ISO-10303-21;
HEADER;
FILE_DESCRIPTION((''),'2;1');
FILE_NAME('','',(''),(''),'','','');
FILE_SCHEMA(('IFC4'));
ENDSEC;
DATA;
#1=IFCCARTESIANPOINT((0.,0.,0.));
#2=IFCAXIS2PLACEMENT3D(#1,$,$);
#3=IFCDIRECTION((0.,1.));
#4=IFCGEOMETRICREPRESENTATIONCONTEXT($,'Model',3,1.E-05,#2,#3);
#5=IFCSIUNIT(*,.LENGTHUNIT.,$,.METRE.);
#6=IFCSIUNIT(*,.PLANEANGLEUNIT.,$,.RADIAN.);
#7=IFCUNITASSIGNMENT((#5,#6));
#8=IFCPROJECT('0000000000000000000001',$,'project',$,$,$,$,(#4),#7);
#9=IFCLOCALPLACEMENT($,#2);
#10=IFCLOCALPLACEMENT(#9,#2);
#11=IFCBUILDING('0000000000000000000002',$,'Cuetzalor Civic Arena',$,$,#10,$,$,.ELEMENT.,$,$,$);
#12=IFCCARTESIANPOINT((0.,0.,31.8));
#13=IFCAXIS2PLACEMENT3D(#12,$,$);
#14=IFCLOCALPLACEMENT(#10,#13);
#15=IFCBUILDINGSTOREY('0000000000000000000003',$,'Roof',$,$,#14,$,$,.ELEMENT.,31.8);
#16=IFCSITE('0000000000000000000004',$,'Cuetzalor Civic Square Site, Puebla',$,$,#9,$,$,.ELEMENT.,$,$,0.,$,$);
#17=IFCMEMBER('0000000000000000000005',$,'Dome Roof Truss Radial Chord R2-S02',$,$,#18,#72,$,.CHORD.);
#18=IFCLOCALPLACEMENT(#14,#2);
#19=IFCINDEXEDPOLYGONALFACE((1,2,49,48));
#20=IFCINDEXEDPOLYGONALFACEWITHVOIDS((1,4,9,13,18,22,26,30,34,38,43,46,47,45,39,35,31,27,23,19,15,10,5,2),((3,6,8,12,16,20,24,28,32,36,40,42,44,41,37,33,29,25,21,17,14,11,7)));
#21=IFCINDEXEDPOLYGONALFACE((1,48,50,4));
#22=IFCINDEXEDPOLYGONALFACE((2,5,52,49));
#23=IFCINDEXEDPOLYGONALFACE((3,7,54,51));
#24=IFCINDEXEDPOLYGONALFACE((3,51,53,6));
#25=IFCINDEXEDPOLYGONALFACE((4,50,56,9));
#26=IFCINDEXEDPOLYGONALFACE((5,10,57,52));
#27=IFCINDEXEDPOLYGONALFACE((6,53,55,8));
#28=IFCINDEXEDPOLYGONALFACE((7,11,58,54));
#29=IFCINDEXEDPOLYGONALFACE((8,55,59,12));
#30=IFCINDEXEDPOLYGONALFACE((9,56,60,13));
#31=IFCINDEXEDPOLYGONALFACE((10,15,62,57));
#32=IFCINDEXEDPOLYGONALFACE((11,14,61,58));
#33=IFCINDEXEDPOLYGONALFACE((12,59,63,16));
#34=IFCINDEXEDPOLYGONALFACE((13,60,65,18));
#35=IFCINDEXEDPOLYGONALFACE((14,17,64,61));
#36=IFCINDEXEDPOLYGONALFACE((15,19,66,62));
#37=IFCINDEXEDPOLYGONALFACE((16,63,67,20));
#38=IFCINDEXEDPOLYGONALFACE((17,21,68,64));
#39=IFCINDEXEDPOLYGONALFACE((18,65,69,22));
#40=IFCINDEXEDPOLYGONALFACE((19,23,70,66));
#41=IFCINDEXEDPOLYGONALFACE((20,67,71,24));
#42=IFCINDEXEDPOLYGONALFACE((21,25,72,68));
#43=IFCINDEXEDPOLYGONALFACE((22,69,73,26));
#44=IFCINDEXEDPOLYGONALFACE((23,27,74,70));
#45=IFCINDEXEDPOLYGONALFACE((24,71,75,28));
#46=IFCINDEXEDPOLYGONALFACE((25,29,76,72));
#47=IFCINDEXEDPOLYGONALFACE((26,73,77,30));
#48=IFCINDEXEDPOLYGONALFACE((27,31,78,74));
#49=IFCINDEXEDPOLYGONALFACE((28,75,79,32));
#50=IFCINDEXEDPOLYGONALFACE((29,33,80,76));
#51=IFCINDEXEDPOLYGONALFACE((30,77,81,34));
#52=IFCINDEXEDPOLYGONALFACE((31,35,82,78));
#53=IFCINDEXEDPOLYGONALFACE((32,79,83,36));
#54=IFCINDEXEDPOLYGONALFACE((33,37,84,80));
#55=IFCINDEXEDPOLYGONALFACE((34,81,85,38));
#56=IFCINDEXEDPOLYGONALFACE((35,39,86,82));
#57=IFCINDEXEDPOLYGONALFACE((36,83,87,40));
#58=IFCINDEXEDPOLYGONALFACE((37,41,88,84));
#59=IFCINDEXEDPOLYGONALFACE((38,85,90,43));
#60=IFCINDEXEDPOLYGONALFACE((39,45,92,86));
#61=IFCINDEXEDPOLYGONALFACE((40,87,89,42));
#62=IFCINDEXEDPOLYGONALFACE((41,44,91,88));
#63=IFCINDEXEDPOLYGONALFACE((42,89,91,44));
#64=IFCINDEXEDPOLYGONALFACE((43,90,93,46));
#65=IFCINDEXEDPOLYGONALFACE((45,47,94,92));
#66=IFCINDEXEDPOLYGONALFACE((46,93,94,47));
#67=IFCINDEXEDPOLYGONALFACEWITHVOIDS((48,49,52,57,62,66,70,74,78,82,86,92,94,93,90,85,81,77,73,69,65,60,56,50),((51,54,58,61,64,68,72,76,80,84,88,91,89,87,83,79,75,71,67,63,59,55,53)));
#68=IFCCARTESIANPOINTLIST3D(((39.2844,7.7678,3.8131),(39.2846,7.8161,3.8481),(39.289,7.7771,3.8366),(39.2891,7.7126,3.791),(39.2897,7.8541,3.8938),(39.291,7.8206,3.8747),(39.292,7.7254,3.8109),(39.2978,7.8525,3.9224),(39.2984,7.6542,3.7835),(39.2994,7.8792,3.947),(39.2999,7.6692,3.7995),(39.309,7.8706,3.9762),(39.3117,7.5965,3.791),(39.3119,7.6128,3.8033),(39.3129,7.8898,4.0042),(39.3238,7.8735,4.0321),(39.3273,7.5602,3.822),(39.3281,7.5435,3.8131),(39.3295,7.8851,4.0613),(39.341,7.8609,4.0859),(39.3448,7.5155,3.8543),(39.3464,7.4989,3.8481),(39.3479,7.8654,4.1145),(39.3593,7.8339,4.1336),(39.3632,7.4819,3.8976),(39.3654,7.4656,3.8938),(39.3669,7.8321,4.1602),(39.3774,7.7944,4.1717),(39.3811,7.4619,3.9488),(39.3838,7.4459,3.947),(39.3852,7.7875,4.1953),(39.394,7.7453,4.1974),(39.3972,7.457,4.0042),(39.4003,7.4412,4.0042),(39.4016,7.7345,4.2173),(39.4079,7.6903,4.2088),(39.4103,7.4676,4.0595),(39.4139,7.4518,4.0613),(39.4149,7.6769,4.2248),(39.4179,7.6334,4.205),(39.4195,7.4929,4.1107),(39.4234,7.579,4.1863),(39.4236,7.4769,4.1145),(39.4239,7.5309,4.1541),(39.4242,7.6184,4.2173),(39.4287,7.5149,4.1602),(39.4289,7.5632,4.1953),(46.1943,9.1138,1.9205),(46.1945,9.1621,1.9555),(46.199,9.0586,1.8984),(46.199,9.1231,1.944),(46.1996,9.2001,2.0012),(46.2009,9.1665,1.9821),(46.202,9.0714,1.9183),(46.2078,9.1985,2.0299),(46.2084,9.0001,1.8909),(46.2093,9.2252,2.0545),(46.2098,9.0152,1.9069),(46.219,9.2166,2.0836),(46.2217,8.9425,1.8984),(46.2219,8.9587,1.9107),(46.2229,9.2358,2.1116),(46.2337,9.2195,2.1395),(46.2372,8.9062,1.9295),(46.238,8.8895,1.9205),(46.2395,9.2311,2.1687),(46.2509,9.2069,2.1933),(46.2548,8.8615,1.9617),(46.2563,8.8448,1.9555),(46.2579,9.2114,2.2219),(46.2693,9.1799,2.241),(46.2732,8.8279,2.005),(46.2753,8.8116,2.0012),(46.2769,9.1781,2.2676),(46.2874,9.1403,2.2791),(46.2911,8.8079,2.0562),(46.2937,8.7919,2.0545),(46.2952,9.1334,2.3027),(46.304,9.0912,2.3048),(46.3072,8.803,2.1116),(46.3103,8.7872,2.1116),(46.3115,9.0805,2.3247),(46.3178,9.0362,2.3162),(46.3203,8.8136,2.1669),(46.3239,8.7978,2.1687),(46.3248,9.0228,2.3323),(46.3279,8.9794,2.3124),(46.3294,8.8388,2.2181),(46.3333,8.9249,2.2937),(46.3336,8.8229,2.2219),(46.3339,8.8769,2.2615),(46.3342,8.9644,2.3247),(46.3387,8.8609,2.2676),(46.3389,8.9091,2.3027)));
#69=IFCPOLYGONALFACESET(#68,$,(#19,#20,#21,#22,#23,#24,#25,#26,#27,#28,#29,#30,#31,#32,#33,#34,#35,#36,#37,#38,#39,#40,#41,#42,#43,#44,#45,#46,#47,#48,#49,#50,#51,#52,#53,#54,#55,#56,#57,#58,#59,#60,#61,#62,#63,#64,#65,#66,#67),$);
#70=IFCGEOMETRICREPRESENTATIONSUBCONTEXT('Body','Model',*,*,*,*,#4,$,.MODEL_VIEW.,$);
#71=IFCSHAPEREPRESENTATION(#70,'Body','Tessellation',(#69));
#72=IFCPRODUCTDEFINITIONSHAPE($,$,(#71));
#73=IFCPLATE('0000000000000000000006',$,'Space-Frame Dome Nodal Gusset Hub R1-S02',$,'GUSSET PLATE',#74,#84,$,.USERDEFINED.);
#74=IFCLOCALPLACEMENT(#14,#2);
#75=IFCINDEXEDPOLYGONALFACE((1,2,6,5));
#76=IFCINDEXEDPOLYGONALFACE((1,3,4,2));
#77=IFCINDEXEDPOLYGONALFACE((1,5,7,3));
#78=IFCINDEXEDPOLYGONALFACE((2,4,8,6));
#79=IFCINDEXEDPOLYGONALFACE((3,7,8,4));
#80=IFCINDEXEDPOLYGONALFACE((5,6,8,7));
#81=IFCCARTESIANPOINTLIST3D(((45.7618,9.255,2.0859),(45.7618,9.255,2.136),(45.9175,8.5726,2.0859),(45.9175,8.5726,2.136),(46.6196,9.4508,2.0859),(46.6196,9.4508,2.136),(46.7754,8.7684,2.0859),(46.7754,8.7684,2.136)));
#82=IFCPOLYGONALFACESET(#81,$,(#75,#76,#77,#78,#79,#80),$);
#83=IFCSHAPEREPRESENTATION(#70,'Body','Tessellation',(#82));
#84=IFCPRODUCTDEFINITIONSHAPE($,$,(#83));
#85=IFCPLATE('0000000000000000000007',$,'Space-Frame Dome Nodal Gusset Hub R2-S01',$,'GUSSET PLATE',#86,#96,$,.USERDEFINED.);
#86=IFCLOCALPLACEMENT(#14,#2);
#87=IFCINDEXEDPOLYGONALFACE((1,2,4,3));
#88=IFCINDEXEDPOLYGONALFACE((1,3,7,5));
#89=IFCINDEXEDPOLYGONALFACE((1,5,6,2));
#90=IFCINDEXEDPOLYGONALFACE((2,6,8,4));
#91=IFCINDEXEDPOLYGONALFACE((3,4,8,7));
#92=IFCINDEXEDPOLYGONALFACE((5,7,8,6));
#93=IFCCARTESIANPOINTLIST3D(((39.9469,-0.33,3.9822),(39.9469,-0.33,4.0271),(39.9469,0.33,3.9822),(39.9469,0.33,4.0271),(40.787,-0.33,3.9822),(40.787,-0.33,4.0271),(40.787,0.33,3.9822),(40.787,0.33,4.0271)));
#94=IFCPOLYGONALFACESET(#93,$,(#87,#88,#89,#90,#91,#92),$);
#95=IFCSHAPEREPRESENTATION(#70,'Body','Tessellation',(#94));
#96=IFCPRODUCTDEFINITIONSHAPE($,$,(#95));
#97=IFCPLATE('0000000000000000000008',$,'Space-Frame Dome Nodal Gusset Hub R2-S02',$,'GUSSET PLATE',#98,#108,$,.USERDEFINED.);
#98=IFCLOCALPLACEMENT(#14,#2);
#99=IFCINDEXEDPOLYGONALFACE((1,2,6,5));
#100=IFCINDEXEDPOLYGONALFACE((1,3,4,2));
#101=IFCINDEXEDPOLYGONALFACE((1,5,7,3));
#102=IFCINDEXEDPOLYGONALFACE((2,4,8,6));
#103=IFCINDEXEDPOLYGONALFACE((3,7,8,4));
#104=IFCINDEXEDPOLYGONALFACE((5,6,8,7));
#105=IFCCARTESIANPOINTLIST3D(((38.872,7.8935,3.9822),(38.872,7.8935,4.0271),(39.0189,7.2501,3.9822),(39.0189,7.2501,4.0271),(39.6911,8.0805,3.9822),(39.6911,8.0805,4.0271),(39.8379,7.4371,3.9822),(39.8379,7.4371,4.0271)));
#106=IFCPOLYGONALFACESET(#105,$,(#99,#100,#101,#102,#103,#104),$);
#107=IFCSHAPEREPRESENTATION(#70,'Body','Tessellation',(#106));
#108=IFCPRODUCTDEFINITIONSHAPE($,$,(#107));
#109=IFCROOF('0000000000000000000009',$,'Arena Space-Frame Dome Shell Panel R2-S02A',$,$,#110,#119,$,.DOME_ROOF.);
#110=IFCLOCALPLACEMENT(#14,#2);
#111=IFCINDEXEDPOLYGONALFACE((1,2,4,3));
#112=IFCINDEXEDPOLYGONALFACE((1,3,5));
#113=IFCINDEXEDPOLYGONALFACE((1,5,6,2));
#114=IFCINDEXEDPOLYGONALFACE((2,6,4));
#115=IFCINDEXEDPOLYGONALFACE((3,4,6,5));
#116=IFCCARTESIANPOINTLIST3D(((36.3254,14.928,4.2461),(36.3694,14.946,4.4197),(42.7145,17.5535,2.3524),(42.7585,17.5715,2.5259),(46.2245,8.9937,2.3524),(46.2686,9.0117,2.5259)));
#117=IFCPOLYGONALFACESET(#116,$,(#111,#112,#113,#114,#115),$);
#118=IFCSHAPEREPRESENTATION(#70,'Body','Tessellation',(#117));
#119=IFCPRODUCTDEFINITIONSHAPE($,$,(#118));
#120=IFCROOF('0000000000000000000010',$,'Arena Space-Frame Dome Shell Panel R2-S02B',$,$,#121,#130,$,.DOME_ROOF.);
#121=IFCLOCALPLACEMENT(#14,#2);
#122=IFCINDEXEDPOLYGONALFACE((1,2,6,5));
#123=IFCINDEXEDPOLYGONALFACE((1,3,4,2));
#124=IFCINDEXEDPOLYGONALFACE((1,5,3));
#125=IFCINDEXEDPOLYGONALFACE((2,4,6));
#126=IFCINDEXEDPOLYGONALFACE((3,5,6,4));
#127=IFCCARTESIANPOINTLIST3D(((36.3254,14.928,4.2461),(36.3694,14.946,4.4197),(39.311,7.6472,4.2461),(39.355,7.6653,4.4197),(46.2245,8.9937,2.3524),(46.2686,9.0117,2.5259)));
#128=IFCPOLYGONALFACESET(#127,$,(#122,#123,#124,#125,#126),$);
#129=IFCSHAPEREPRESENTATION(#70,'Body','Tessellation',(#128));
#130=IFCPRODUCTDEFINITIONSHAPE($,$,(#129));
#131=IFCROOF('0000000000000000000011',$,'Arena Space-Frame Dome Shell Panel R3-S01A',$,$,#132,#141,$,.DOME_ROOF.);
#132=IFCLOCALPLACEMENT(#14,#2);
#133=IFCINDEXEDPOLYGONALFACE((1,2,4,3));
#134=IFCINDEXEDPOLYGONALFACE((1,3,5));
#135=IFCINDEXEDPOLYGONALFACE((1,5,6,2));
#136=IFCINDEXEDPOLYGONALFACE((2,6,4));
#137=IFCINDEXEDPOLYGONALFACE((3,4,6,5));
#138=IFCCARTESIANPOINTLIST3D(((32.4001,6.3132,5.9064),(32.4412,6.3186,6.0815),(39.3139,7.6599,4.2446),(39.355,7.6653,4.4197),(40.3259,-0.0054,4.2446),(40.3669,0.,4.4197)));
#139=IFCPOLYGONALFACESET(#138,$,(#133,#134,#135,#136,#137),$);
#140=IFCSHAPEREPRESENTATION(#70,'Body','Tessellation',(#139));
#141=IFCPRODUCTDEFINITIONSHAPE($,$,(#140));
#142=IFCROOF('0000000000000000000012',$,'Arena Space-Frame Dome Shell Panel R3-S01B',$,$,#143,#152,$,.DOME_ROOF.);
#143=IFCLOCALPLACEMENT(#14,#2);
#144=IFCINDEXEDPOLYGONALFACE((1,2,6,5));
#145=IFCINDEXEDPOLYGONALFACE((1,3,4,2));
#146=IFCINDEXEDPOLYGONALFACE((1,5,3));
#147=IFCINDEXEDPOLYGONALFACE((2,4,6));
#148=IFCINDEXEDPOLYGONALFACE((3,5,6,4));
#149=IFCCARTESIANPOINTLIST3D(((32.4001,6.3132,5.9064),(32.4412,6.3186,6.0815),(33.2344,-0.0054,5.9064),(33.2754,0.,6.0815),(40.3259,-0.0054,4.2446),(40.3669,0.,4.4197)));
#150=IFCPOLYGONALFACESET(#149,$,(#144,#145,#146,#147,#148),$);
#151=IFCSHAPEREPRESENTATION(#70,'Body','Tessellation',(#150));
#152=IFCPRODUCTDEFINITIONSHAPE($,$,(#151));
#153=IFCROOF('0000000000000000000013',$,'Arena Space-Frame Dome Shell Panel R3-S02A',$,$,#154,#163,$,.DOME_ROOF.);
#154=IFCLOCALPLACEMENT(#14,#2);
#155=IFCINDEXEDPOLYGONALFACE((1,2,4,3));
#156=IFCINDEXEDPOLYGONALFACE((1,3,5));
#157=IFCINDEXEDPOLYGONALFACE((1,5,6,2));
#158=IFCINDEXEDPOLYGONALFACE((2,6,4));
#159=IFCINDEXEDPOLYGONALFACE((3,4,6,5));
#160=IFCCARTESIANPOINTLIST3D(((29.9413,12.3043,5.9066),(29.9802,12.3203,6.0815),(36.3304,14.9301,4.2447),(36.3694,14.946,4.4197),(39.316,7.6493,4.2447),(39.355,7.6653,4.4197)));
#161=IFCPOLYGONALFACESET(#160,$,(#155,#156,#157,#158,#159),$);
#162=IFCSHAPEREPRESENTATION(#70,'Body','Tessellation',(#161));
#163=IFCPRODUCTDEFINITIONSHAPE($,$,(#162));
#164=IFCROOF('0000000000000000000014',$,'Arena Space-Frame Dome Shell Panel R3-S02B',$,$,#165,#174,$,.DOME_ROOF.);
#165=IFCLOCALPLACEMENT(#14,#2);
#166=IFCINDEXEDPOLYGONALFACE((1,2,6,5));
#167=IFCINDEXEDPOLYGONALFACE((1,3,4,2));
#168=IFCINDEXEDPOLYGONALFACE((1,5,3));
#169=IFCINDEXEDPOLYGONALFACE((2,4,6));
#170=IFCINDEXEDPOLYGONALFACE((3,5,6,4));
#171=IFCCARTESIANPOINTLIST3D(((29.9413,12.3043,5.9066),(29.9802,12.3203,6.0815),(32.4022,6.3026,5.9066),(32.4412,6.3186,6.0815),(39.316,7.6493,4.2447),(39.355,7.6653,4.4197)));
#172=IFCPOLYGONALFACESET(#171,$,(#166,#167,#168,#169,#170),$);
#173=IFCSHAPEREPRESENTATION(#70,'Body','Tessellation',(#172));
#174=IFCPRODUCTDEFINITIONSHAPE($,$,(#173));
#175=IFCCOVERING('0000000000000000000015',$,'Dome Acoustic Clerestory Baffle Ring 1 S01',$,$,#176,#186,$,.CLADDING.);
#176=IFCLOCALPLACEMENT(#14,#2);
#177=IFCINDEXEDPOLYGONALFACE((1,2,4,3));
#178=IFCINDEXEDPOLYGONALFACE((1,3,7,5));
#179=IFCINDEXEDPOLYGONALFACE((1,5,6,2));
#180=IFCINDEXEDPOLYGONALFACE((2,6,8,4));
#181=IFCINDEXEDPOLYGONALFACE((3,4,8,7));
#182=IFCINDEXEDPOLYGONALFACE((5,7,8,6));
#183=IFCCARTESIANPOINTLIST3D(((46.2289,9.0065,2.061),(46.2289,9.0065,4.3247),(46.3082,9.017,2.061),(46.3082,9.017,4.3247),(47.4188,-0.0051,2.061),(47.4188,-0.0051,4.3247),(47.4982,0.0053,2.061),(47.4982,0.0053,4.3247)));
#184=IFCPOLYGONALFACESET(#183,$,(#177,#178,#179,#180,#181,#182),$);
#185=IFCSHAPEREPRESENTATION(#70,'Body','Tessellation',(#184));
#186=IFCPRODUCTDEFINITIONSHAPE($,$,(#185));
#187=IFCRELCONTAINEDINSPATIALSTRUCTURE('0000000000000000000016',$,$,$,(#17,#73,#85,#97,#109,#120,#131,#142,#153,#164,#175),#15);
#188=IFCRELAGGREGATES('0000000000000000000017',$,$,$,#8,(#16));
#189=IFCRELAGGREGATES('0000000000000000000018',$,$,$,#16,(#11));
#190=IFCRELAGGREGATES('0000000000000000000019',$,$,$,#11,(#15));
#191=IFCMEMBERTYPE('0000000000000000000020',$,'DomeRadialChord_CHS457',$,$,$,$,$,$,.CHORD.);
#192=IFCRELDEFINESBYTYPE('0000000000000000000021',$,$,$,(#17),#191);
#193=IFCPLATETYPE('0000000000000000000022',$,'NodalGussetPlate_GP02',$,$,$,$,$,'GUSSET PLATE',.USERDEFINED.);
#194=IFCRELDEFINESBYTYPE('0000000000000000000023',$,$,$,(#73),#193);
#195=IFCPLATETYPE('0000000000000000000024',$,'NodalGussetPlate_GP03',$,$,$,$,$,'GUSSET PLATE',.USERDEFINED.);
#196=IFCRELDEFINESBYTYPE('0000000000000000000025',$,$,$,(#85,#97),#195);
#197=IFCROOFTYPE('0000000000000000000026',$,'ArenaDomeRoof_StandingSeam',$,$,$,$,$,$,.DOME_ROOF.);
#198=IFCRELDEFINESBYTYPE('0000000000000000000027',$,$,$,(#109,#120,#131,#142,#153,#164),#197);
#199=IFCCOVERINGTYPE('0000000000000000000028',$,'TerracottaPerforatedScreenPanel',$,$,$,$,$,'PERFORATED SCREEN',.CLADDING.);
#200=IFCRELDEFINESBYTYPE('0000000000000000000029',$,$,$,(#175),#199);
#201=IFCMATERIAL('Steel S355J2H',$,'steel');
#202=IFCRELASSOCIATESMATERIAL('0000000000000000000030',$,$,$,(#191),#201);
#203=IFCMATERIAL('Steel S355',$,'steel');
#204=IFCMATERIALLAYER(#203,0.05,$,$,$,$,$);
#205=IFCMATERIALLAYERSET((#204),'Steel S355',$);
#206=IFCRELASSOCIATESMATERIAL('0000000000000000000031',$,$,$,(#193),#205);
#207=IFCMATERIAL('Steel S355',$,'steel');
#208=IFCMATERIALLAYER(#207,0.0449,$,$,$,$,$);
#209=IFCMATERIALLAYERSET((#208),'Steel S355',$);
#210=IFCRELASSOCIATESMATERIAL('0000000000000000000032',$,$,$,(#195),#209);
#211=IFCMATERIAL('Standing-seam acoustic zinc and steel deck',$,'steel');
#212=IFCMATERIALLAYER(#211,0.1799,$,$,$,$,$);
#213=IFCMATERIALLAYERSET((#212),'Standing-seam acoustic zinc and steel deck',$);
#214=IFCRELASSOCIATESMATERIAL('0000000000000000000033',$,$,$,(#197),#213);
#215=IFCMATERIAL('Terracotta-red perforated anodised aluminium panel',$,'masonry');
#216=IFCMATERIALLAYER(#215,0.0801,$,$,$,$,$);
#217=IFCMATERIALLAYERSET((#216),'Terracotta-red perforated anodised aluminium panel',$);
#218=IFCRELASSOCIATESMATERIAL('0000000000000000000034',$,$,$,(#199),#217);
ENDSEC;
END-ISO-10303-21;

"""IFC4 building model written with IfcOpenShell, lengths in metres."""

from ifc_helpers import new_model, si_unit, direction, frame, frame_2d, origin, origin_2d, place, context, subcontext, project, spatial, polyline, rectangle, hollow_circle, outline, extrude, material, layer, layer_set, material_profile, profile_set, type_object, element, save


model = new_model("IFC4")

# Units and contexts
model_context = context("Model", 3, precision=1e-05, world=origin(), true_north=direction((0.0, 1.0)))
body_context = subcontext(model_context, "Body", "Model", "MODEL_VIEW")
ifc_project = project(units=[si_unit("LENGTHUNIT", "METRE"), si_unit("PLANEANGLEUNIT", "RADIAN")], contexts=[model_context])

# Site, building, storey
site_placement = place(None, origin())
site = spatial("IfcSite", under=ifc_project, at=site_placement, Name="Cuetzalor Civic Square Site, Puebla", CompositionType="ELEMENT", RefElevation=0.0)
building_placement = place(site_placement, origin())
building = spatial("IfcBuilding", under=site, at=building_placement, Name="Cuetzalor Civic Arena", CompositionType="ELEMENT")
storey_placement = place(building_placement, frame((0.0, 0.0, 31.8)))
storey = spatial("IfcBuildingStorey", under=building, at=storey_placement, Name="Roof", CompositionType="ELEMENT", Elevation=31.8)

# Member
ifc_material_1 = material(Name="Steel S355J2H", Category="steel")
ifc_material_profile_1 = material_profile(ifc_material_1, hollow_circle(Radius=0.2285, WallThickness=0.0161, at=origin_2d()), Name="CHS 457x16")
ifc_profile_set_1 = profile_set([ifc_material_profile_1], Name="Steel S355J2H")
member_type_1 = type_object("IfcMemberType", Name="DomeRadialChord_CHS457", PredefinedType="CHORD", material=ifc_profile_set_1)
member_1_placement = place(storey_placement, frame((46.2666, 9.0115, 2.1116), z_axis=(-0.947896, -0.184636, 0.259622), x_axis=(0.191192, -0.981553, 0.0)))
element("IfcMember", 1, at=member_1_placement, inside=storey, type_object=member_type_1, Name="Dome Roof Truss Radial Chord R2-S02", PredefinedType="CHORD", context=body_context, shape_type="SweptSolid", body=[
    extrude(hollow_circle(Radius=0.2285, WallThickness=0.0161, at=origin_2d()), origin(), (0.0, 0.0, 1.0), 7.2898),
])

# Plates
ifc_material_2 = material(Name="Steel S355", Category="steel")
ifc_layer_1 = layer(ifc_material_2, 0.05)
ifc_layer_set_1 = layer_set([ifc_layer_1], Name="Steel S355")
plate_type_1 = type_object("IfcPlateType", Name="NodalGussetPlate_GP02", ElementType="GUSSET PLATE", PredefinedType="USERDEFINED", material=ifc_layer_set_1)
plate_placement = place(storey_placement, frame((46.2686, 9.0117, 2.0859), z_axis=(0.0, 0.0, 1.0), x_axis=(0.974917, 0.22257, 0.0)))
element("IfcPlate", 2, at=plate_placement, inside=storey, type_object=plate_type_1, Name="Space-Frame Dome Nodal Gusset Hub R1-S02", ObjectType="GUSSET PLATE", PredefinedType="USERDEFINED", context=body_context, shape_type="SweptSolid", body=[
    extrude(rectangle(XDim=0.8799, YDim=0.7, at=origin_2d()), origin(), (0.0, 0.0, 1.0), 0.05),
])
ifc_material_3 = material(Name="Steel S355", Category="steel")
ifc_layer_2 = layer(ifc_material_3, 0.0449)
ifc_layer_set_2 = layer_set([ifc_layer_2], Name="Steel S355")
plate_type_2 = type_object("IfcPlateType", Name="NodalGussetPlate_GP03", ElementType="GUSSET PLATE", PredefinedType="USERDEFINED", material=ifc_layer_set_2)
for number, where, z_axis, x_axis, name in (
    (3, (40.3669, 0.0, 3.9822), (0.0, 0.0, 1.0), (1.0, 0.0, 0.0), "Space-Frame Dome Nodal Gusset Hub R2-S01"),
    (4, (39.355, 7.6653, 3.9822), (0.0, 0.0, 1.0), (0.974917, 0.22257, 0.0), "Space-Frame Dome Nodal Gusset Hub R2-S02"),
):
    element("IfcPlate", number, at=place(storey_placement, frame(where, z_axis=z_axis, x_axis=x_axis)), inside=storey, type_object=plate_type_2, Name=name, ObjectType="GUSSET PLATE", PredefinedType="USERDEFINED", context=body_context, shape_type="SweptSolid", body=[
        extrude(rectangle(XDim=0.8401, YDim=0.6599, at=origin_2d()), origin(), (0.0, 0.0, 1.0), 0.0449),
    ])

# Roofs
ifc_material_4 = material(Name="Standing-seam acoustic zinc and steel deck", Category="steel")
ifc_layer_3 = layer(ifc_material_4, 0.1799)
ifc_layer_set_3 = layer_set([ifc_layer_3], Name="Standing-seam acoustic zinc and steel deck")
roof_type = type_object("IfcRoofType", Name="ArenaDomeRoof_StandingSeam", PredefinedType="DOME_ROOF", material=ifc_layer_set_3)
roof_1_placement = place(storey_placement, frame((46.2686, 9.0117, 2.5259), z_axis=(0.244637, 0.100315, 0.964412), x_axis=(-0.379398, 0.925233, 0.0)))
element("IfcRoof", 5, at=roof_1_placement, inside=storey, type_object=roof_type, Name="Arena Space-Frame Dome Shell Panel R2-S02A", PredefinedType="DOME_ROOF", context=body_context, shape_type="SweptSolid", body=[
    extrude(outline(polyline([(0.0, 0.0), (9.2515, 0.0), (9.2464, 7.1625), (0.0, 0.0)])), origin(), (0.0, 0.0, -1.0), 0.1799),
])
roof_2_placement = place(storey_placement, frame((46.2686, 9.0117, 2.5259), z_axis=(0.244639, 0.100318, 0.964411), x_axis=(-0.846373, 0.507381, 0.161919)))
element("IfcRoof", 6, at=roof_2_placement, inside=storey, type_object=roof_type, Name="Arena Space-Frame Dome Shell Panel R2-S02B", PredefinedType="DOME_ROOF", context=body_context, shape_type="SweptSolid", body=[
    extrude(outline(polyline([(0.0, 0.0), (11.696, 0.0), (5.4749, 4.8189), (0.0, 0.0)])), origin(), (0.0, 0.0, -1.0), 0.1799),
])
roof_3_placement = place(storey_placement, frame((40.3669, 0.0, 4.4197), z_axis=(0.228058, 0.030108, 0.973182), x_axis=(-0.130883, 0.991398, 0.0)))
element("IfcRoof", 7, at=roof_3_placement, inside=storey, type_object=roof_type, Name="Arena Space-Frame Dome Shell Panel R3-S01A", PredefinedType="DOME_ROOF", context=body_context, shape_type="SweptSolid", body=[
    extrude(outline(polyline([(0.0, 0.0), (7.7318, 0.0), (7.3016, 7.2243), (0.0, 0.0)])), origin(), (0.0, 0.0, -1.0), 0.1799),
])
roof_4_placement = place(storey_placement, frame((40.3669, 0.0, 4.4197), z_axis=(0.22806, 0.03011, 0.973181), x_axis=(-0.771625, 0.615156, 0.161793)))
element("IfcRoof", 8, at=roof_4_placement, inside=storey, type_object=roof_type, Name="Arena Space-Frame Dome Shell Panel R3-S01B", PredefinedType="DOME_ROOF", context=body_context, shape_type="SweptSolid", body=[
    extrude(outline(polyline([(0.0, 0.0), (10.2715, 0.0), (5.7409, 4.4826), (0.0, 0.0)])), origin(), (0.0, 0.0, -1.0), 0.1799),
])
roof_5_placement = place(storey_placement, frame((39.355, 7.6653, 4.4197), z_axis=(0.216419, 0.088746, 0.972259), x_axis=(-0.379406, 0.92523, 0.0)))
element("IfcRoof", 9, at=roof_5_placement, inside=storey, type_object=roof_type, Name="Arena Space-Frame Dome Shell Panel R3-S02A", PredefinedType="DOME_ROOF", context=body_context, shape_type="SweptSolid", body=[
    extrude(outline(polyline([(0.0, 0.0), (7.8691, 0.0), (7.8638, 7.1048), (0.0, 0.0)])), origin(), (0.0, 0.0, -1.0), 0.1799),
])
roof_6_placement = place(storey_placement, frame((39.355, 7.6653, 4.4197), z_axis=(0.216416, 0.088739, 0.97226), x_axis=(-0.88458, 0.439237, 0.15681)))
element("IfcRoof", 10, at=roof_6_placement, inside=storey, type_object=roof_type, Name="Arena Space-Frame Dome Shell Panel R3-S02B", PredefinedType="DOME_ROOF", context=body_context, shape_type="SweptSolid", body=[
    extrude(outline(polyline([(0.0, 0.0), (10.598, 0.0), (5.7849, 4.3487), (0.0, 0.0)])), origin(), (0.0, 0.0, -1.0), 0.1799),
])

# Covering
ifc_material_5 = material(Name="Terracotta-red perforated anodised aluminium panel", Category="masonry")
ifc_layer_4 = layer(ifc_material_5, 0.0801)
ifc_layer_set_4 = layer_set([ifc_layer_4], Name="Terracotta-red perforated anodised aluminium panel")
covering_type = type_object("IfcCoveringType", Name="TerracottaPerforatedScreenPanel", ElementType="PERFORATED SCREEN", PredefinedType="CLADDING", material=ifc_layer_set_4)
covering_placement = place(storey_placement, frame((46.2686, 9.0117, 2.061), z_axis=(0.0, 0.0, 1.0), x_axis=(0.130907, -0.991395, 0.0)))
element("IfcCovering", 11, at=covering_placement, inside=storey, type_object=covering_type, Name="Dome Acoustic Clerestory Baffle Ring 1 S01", PredefinedType="CLADDING", context=body_context, shape_type="SweptSolid", body=[
    extrude(rectangle(XDim=9.0898, YDim=0.0801, at=frame_2d((4.5449, 0.0))), origin(), (0.0, 0.0, 1.0), 2.2637),
])

save(model, "model.ifc")
